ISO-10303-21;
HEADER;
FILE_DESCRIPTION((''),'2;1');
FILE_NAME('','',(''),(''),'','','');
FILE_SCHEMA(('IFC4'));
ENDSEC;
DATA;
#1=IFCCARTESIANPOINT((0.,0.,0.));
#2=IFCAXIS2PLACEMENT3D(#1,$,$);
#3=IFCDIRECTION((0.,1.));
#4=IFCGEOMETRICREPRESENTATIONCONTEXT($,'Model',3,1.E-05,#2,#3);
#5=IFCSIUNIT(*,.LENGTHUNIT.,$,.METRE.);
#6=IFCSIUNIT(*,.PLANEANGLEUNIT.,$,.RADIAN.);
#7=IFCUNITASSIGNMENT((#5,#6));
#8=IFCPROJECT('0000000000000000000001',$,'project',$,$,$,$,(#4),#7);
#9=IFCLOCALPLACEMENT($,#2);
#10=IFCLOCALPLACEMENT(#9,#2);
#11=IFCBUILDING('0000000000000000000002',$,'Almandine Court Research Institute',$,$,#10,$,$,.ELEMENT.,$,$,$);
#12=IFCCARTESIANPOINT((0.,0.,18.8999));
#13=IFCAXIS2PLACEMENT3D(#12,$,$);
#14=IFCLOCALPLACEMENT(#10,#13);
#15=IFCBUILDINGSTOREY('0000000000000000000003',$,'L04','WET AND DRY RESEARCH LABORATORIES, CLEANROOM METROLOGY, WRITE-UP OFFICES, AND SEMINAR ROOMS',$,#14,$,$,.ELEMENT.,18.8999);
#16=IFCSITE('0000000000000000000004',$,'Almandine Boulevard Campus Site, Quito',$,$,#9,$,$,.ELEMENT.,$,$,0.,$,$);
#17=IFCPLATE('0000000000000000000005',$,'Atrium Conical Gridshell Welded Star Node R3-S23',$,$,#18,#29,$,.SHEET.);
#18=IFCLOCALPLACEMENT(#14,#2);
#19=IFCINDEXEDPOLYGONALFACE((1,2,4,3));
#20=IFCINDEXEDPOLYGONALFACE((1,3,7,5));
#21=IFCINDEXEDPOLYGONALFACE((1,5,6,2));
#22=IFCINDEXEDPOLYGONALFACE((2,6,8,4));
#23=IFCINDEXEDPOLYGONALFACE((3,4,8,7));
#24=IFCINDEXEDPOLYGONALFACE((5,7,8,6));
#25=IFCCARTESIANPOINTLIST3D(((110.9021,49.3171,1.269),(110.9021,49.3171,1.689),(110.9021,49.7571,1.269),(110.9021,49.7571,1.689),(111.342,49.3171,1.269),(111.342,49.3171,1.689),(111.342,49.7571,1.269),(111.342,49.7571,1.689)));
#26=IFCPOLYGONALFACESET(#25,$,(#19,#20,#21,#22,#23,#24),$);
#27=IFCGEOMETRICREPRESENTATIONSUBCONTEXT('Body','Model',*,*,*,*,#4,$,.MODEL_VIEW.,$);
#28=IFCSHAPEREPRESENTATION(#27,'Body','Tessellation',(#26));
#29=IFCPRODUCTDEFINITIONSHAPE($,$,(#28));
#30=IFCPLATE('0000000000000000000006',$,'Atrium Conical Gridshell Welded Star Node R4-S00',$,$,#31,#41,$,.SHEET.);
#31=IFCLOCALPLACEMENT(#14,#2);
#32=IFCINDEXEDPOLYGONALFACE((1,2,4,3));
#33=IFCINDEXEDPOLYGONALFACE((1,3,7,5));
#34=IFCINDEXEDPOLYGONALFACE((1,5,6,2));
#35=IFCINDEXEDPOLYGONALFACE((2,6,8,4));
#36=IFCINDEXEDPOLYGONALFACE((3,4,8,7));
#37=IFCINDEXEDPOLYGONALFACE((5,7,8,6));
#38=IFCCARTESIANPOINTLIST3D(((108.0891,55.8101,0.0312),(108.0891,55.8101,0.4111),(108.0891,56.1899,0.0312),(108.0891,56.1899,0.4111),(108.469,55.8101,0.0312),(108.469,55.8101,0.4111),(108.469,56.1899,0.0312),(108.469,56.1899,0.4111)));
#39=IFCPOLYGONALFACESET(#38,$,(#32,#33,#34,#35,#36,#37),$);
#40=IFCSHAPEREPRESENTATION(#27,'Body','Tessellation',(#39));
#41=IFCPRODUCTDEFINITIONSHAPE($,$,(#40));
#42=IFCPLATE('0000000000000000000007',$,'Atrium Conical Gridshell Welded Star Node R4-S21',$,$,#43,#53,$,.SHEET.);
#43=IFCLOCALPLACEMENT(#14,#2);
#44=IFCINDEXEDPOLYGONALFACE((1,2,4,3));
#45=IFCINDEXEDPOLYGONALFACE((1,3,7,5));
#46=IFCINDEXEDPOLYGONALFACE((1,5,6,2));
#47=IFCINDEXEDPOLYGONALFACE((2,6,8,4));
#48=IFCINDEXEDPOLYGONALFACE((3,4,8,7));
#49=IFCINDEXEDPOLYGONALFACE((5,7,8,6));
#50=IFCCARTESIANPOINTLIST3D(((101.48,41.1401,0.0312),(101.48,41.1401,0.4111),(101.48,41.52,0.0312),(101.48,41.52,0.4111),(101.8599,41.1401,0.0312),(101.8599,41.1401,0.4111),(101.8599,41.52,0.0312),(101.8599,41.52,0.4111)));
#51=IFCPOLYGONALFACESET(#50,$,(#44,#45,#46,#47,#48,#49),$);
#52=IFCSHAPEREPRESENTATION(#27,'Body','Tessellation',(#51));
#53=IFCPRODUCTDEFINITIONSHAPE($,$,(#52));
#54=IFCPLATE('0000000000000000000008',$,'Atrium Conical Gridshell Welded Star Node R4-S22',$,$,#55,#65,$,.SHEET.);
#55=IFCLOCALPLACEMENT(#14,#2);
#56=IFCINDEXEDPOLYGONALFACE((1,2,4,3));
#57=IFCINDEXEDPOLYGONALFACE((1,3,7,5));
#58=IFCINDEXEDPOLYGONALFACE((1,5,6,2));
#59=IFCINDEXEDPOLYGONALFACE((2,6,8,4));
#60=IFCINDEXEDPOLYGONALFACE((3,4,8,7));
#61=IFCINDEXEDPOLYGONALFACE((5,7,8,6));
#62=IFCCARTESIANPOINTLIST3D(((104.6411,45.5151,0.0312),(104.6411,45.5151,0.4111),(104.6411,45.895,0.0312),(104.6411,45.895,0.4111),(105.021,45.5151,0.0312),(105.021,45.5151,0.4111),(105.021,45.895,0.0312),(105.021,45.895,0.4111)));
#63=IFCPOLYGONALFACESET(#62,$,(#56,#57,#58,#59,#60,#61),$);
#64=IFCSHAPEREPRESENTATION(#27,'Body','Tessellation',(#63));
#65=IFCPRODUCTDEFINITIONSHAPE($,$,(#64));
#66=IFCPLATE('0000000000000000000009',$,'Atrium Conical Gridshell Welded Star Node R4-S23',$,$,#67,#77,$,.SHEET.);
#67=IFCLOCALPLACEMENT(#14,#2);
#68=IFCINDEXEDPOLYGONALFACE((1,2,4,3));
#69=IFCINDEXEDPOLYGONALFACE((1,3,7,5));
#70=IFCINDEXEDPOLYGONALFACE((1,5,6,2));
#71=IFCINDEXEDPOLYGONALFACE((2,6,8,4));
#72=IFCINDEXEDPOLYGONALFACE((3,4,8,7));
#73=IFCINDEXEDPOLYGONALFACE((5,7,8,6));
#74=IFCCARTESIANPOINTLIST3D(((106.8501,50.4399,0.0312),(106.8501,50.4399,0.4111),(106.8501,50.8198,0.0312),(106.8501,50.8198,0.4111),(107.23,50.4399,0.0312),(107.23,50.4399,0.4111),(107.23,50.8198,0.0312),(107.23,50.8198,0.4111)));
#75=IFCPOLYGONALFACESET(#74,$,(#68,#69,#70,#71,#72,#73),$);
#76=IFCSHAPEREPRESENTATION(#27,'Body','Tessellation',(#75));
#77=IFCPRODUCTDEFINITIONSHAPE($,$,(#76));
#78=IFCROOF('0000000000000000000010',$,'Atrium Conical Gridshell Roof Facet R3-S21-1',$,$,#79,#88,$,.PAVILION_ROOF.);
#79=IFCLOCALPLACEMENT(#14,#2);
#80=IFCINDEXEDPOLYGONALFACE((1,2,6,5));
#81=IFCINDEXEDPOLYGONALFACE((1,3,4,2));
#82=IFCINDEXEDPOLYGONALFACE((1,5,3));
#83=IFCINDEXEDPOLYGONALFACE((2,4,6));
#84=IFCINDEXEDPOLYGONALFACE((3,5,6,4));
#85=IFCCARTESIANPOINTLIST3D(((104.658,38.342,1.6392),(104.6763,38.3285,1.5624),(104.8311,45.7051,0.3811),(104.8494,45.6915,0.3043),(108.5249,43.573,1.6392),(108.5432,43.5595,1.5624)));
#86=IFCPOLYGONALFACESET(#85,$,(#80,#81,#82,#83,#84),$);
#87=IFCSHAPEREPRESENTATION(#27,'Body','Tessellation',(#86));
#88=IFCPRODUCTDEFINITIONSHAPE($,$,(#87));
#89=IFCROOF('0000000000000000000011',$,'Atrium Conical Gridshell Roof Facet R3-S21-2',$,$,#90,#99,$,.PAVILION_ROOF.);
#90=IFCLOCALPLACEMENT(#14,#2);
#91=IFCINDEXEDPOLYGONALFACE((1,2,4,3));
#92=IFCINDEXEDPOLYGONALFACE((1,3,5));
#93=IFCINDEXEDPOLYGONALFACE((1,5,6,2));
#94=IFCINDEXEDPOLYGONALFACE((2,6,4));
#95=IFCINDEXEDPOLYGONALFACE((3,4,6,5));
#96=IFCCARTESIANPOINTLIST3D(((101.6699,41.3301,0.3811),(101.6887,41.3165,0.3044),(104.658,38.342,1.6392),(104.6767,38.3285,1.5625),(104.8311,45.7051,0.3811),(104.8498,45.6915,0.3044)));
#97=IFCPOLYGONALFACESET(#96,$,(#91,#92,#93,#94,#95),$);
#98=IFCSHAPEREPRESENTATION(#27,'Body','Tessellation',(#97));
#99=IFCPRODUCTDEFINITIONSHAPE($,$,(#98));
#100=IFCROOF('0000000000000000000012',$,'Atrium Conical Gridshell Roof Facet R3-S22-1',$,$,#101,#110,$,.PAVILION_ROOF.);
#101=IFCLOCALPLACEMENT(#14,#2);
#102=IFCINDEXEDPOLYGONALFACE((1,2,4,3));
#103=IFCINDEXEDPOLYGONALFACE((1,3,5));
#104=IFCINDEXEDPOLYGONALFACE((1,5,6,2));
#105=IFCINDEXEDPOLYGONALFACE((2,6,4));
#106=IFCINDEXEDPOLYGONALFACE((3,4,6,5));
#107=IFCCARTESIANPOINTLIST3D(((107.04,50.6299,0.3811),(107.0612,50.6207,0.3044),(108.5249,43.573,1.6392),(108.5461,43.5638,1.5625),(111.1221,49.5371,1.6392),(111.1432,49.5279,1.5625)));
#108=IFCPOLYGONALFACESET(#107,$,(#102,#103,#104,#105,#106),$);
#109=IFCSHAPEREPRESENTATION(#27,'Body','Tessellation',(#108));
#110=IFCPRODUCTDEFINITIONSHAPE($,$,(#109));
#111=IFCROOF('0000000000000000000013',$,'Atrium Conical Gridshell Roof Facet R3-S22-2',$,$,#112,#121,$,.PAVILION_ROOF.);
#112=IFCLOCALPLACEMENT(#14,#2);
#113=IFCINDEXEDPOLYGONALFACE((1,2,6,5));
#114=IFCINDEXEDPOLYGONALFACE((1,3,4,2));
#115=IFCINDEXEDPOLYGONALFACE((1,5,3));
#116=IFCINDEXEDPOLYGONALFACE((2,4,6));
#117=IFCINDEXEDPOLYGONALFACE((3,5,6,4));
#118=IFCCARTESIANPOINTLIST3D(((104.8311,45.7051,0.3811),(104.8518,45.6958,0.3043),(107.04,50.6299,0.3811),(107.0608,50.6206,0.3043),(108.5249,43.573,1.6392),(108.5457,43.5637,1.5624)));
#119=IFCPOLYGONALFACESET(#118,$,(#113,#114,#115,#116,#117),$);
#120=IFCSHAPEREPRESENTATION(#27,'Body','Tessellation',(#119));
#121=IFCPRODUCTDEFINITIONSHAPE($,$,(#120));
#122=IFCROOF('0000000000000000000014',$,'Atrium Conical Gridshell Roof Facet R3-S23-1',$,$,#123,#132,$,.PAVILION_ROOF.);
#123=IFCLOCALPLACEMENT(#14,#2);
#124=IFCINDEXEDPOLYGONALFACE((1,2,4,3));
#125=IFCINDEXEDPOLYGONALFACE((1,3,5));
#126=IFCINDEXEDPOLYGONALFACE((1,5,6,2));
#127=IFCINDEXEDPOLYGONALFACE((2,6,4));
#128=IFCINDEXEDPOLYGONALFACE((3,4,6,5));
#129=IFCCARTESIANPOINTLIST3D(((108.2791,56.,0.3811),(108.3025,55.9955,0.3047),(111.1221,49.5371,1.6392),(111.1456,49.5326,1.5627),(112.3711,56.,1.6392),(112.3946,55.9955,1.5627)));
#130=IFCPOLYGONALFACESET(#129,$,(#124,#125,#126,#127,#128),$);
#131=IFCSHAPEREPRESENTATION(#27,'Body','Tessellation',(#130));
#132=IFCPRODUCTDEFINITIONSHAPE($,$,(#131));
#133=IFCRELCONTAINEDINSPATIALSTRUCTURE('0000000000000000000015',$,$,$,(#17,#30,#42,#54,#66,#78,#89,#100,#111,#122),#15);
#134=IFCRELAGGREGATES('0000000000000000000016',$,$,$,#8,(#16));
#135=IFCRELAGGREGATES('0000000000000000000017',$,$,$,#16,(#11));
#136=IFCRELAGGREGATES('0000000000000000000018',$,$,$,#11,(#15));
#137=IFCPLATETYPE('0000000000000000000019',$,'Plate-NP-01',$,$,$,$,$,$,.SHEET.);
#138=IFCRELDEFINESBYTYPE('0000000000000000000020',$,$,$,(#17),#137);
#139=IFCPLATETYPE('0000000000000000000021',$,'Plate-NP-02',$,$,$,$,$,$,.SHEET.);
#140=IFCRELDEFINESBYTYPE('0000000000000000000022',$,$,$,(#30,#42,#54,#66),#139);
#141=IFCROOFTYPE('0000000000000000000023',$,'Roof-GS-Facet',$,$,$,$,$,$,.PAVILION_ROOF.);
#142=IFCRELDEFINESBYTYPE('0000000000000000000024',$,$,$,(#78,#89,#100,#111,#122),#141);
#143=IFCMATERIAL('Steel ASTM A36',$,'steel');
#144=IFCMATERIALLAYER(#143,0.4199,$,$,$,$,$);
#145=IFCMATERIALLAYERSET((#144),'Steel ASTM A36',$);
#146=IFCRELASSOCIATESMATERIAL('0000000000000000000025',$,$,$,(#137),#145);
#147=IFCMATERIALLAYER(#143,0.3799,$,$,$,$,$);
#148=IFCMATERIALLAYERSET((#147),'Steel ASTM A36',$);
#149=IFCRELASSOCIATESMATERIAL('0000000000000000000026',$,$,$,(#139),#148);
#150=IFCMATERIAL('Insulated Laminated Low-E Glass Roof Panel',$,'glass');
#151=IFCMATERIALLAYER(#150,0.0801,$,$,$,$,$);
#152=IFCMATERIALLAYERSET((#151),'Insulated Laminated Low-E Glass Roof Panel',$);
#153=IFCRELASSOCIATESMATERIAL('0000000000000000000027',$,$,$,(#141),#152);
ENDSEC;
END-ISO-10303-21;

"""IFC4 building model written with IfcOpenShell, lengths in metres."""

from ifc_helpers import new_model, si_unit, direction, frame, origin, origin_2d, place, context, subcontext, project, spatial, polyline, rectangle, outline, extrude, material, layer, layer_set, type_object, element, save


model = new_model("IFC4")

# Units and contexts
model_context = context("Model", 3, precision=1e-05, world=origin(), true_north=direction((0.0, 1.0)))
body_context = subcontext(model_context, "Body", "Model", "MODEL_VIEW")
ifc_project = project(units=[si_unit("LENGTHUNIT", "METRE"), si_unit("PLANEANGLEUNIT", "RADIAN")], contexts=[model_context])

# Site, building, storey
site_placement = place(None, origin())
site = spatial("IfcSite", under=ifc_project, at=site_placement, Name="Almandine Boulevard Campus Site, Quito", CompositionType="ELEMENT", RefElevation=0.0)
building_placement = place(site_placement, origin())
building = spatial("IfcBuilding", under=site, at=building_placement, Name="Almandine Court Research Institute", CompositionType="ELEMENT")
storey_placement = place(building_placement, frame((0.0, 0.0, 18.8999)))
storey = spatial("IfcBuildingStorey", under=building, at=storey_placement, Name="L04", Description="WET AND DRY RESEARCH LABORATORIES, CLEANROOM METROLOGY, WRITE-UP OFFICES, AND SEMINAR ROOMS", CompositionType="ELEMENT", Elevation=18.8999)

# Plates
ifc_material_1 = material(Name="Steel ASTM A36", Category="steel")
ifc_layer_1 = layer(ifc_material_1, 0.4199)
ifc_layer_set_1 = layer_set([ifc_layer_1], Name="Steel ASTM A36")
plate_type_1 = type_object("IfcPlateType", Name="Plate-NP-01", PredefinedType="SHEET", material=ifc_layer_set_1)
for number, where, z_axis, x_axis, name in (
    (1, (111.1221, 49.5371, 1.269), (0.0, 0.0, 1.0), (1.0, 0.0, 0.0), "Atrium Conical Gridshell Welded Star Node R3-S23"),
):
    element("IfcPlate", number, at=place(storey_placement, frame(where, z_axis=z_axis, x_axis=x_axis)), inside=storey, type_object=plate_type_1, Name=name, PredefinedType="SHEET", context=body_context, shape_type="SweptSolid", body=[
        extrude(rectangle(XDim=0.4399, YDim=0.4399, at=origin_2d()), origin(), (0.0, 0.0, 1.0), 0.4199),
    ])
ifc_layer_2 = layer(ifc_material_1, 0.3799)
ifc_layer_set_2 = layer_set([ifc_layer_2], Name="Steel ASTM A36")
plate_type_2 = type_object("IfcPlateType", Name="Plate-NP-02", PredefinedType="SHEET", material=ifc_layer_set_2)
for number, where, z_axis, x_axis, name in (
    (2, (108.2791, 56.0, 0.0312), (0.0, 0.0, 1.0), (1.0, 0.0, 0.0), "Atrium Conical Gridshell Welded Star Node R4-S00"),
    (3, (101.6699, 41.3301, 0.0312), (0.0, 0.0, 1.0), (1.0, 0.0, 0.0), "Atrium Conical Gridshell Welded Star Node R4-S21"),
    (4, (104.8311, 45.7051, 0.0312), (0.0, 0.0, 1.0), (1.0, 0.0, 0.0), "Atrium Conical Gridshell Welded Star Node R4-S22"),
    (5, (107.04, 50.6299, 0.0312), (0.0, 0.0, 1.0), (1.0, 0.0, 0.0), "Atrium Conical Gridshell Welded Star Node R4-S23"),
):
    element("IfcPlate", number, at=place(storey_placement, frame(where, z_axis=z_axis, x_axis=x_axis)), inside=storey, type_object=plate_type_2, Name=name, PredefinedType="SHEET", context=body_context, shape_type="SweptSolid", body=[
        extrude(rectangle(XDim=0.3799, YDim=0.3799, at=origin_2d()), origin(), (0.0, 0.0, 1.0), 0.3799),
    ])

# Roofs
ifc_material_2 = material(Name="Insulated Laminated Low-E Glass Roof Panel", Category="glass")
ifc_layer_3 = layer(ifc_material_2, 0.0801)
ifc_layer_set_3 = layer_set([ifc_layer_3], Name="Insulated Laminated Low-E Glass Roof Panel")
roof_type = type_object("IfcRoofType", Name="Roof-GS-Facet", PredefinedType="PAVILION_ROOF", material=ifc_layer_set_3)
roof_1_placement = place(storey_placement, frame((104.658, 38.342, 1.6392), z_axis=(-0.22885, 0.169176, 0.958649), x_axis=(0.594449, 0.804133, 0.0)))
element("IfcRoof", 6, at=roof_1_placement, inside=storey, type_object=roof_type, Name="Atrium Conical Gridshell Roof Facet R3-S21-1", PredefinedType="PAVILION_ROOF", context=body_context, shape_type="SweptSolid", body=[
    extrude(outline(polyline([(0.0, 0.0), (6.5051, 0.0), (6.0238, 4.4206), (0.0, 0.0)])), origin(), (0.0, 0.0, -1.0), 0.0801),
])
roof_2_placement = place(storey_placement, frame((104.658, 38.342, 1.6392), z_axis=(-0.234016, 0.169087, 0.957417), x_axis=(0.023167, 0.985451, -0.168375)))
element("IfcRoof", 7, at=roof_2_placement, inside=storey, type_object=roof_type, Name="Atrium Conical Gridshell Roof Facet R3-S21-2", PredefinedType="PAVILION_ROOF", context=body_context, shape_type="SweptSolid", body=[
    extrude(outline(polyline([(0.0, 0.0), (7.4717, 0.0), (3.0872, 3.1478), (0.0, 0.0)])), origin(), (0.0, 0.0, -1.0), 0.0801),
])
roof_3_placement = place(storey_placement, frame((108.5249, 43.573, 1.6392), z_axis=(-0.2643, 0.115093, 0.957549), x_axis=(0.399253, 0.916841, 0.0)))
element("IfcRoof", 8, at=roof_3_placement, inside=storey, type_object=roof_type, Name="Atrium Conical Gridshell Roof Facet R3-S22-1", PredefinedType="PAVILION_ROOF", context=body_context, shape_type="SweptSolid", body=[
    extrude(outline(polyline([(0.0, 0.0), (6.5051, 0.0), (5.8772, 4.3641), (0.0, 0.0)])), origin(), (0.0, 0.0, -1.0), 0.0801),
])
roof_4_placement = place(storey_placement, frame((108.5249, 43.573, 1.6392), z_axis=(-0.259378, 0.116342, 0.958743), x_axis=(-0.202841, 0.964013, -0.171858)))
element("IfcRoof", 9, at=roof_4_placement, inside=storey, type_object=roof_type, Name="Atrium Conical Gridshell Roof Facet R3-S22-2", PredefinedType="PAVILION_ROOF", context=body_context, shape_type="SweptSolid", body=[
    extrude(outline(polyline([(0.0, 0.0), (7.3203, 0.0), (3.0208, 3.2631), (0.0, 0.0)])), origin(), (0.0, 0.0, -1.0), 0.0801),
])
roof_5_placement = place(storey_placement, frame((111.1221, 49.5371, 1.6392), z_axis=(-0.293393, 0.056701, 0.954309), x_axis=(0.18975, 0.981832, 0.0)))
element("IfcRoof", 10, at=roof_5_placement, inside=storey, type_object=roof_type, Name="Atrium Conical Gridshell Roof Facet R3-S23-1", PredefinedType="PAVILION_ROOF", context=body_context, shape_type="SweptSolid", body=[
    extrude(outline(polyline([(0.0, 0.0), (6.5825, 0.0), (5.806, 4.2101), (0.0, 0.0)])), origin(), (0.0, 0.0, -1.0), 0.0801),
])

save(model, "model.ifc")
